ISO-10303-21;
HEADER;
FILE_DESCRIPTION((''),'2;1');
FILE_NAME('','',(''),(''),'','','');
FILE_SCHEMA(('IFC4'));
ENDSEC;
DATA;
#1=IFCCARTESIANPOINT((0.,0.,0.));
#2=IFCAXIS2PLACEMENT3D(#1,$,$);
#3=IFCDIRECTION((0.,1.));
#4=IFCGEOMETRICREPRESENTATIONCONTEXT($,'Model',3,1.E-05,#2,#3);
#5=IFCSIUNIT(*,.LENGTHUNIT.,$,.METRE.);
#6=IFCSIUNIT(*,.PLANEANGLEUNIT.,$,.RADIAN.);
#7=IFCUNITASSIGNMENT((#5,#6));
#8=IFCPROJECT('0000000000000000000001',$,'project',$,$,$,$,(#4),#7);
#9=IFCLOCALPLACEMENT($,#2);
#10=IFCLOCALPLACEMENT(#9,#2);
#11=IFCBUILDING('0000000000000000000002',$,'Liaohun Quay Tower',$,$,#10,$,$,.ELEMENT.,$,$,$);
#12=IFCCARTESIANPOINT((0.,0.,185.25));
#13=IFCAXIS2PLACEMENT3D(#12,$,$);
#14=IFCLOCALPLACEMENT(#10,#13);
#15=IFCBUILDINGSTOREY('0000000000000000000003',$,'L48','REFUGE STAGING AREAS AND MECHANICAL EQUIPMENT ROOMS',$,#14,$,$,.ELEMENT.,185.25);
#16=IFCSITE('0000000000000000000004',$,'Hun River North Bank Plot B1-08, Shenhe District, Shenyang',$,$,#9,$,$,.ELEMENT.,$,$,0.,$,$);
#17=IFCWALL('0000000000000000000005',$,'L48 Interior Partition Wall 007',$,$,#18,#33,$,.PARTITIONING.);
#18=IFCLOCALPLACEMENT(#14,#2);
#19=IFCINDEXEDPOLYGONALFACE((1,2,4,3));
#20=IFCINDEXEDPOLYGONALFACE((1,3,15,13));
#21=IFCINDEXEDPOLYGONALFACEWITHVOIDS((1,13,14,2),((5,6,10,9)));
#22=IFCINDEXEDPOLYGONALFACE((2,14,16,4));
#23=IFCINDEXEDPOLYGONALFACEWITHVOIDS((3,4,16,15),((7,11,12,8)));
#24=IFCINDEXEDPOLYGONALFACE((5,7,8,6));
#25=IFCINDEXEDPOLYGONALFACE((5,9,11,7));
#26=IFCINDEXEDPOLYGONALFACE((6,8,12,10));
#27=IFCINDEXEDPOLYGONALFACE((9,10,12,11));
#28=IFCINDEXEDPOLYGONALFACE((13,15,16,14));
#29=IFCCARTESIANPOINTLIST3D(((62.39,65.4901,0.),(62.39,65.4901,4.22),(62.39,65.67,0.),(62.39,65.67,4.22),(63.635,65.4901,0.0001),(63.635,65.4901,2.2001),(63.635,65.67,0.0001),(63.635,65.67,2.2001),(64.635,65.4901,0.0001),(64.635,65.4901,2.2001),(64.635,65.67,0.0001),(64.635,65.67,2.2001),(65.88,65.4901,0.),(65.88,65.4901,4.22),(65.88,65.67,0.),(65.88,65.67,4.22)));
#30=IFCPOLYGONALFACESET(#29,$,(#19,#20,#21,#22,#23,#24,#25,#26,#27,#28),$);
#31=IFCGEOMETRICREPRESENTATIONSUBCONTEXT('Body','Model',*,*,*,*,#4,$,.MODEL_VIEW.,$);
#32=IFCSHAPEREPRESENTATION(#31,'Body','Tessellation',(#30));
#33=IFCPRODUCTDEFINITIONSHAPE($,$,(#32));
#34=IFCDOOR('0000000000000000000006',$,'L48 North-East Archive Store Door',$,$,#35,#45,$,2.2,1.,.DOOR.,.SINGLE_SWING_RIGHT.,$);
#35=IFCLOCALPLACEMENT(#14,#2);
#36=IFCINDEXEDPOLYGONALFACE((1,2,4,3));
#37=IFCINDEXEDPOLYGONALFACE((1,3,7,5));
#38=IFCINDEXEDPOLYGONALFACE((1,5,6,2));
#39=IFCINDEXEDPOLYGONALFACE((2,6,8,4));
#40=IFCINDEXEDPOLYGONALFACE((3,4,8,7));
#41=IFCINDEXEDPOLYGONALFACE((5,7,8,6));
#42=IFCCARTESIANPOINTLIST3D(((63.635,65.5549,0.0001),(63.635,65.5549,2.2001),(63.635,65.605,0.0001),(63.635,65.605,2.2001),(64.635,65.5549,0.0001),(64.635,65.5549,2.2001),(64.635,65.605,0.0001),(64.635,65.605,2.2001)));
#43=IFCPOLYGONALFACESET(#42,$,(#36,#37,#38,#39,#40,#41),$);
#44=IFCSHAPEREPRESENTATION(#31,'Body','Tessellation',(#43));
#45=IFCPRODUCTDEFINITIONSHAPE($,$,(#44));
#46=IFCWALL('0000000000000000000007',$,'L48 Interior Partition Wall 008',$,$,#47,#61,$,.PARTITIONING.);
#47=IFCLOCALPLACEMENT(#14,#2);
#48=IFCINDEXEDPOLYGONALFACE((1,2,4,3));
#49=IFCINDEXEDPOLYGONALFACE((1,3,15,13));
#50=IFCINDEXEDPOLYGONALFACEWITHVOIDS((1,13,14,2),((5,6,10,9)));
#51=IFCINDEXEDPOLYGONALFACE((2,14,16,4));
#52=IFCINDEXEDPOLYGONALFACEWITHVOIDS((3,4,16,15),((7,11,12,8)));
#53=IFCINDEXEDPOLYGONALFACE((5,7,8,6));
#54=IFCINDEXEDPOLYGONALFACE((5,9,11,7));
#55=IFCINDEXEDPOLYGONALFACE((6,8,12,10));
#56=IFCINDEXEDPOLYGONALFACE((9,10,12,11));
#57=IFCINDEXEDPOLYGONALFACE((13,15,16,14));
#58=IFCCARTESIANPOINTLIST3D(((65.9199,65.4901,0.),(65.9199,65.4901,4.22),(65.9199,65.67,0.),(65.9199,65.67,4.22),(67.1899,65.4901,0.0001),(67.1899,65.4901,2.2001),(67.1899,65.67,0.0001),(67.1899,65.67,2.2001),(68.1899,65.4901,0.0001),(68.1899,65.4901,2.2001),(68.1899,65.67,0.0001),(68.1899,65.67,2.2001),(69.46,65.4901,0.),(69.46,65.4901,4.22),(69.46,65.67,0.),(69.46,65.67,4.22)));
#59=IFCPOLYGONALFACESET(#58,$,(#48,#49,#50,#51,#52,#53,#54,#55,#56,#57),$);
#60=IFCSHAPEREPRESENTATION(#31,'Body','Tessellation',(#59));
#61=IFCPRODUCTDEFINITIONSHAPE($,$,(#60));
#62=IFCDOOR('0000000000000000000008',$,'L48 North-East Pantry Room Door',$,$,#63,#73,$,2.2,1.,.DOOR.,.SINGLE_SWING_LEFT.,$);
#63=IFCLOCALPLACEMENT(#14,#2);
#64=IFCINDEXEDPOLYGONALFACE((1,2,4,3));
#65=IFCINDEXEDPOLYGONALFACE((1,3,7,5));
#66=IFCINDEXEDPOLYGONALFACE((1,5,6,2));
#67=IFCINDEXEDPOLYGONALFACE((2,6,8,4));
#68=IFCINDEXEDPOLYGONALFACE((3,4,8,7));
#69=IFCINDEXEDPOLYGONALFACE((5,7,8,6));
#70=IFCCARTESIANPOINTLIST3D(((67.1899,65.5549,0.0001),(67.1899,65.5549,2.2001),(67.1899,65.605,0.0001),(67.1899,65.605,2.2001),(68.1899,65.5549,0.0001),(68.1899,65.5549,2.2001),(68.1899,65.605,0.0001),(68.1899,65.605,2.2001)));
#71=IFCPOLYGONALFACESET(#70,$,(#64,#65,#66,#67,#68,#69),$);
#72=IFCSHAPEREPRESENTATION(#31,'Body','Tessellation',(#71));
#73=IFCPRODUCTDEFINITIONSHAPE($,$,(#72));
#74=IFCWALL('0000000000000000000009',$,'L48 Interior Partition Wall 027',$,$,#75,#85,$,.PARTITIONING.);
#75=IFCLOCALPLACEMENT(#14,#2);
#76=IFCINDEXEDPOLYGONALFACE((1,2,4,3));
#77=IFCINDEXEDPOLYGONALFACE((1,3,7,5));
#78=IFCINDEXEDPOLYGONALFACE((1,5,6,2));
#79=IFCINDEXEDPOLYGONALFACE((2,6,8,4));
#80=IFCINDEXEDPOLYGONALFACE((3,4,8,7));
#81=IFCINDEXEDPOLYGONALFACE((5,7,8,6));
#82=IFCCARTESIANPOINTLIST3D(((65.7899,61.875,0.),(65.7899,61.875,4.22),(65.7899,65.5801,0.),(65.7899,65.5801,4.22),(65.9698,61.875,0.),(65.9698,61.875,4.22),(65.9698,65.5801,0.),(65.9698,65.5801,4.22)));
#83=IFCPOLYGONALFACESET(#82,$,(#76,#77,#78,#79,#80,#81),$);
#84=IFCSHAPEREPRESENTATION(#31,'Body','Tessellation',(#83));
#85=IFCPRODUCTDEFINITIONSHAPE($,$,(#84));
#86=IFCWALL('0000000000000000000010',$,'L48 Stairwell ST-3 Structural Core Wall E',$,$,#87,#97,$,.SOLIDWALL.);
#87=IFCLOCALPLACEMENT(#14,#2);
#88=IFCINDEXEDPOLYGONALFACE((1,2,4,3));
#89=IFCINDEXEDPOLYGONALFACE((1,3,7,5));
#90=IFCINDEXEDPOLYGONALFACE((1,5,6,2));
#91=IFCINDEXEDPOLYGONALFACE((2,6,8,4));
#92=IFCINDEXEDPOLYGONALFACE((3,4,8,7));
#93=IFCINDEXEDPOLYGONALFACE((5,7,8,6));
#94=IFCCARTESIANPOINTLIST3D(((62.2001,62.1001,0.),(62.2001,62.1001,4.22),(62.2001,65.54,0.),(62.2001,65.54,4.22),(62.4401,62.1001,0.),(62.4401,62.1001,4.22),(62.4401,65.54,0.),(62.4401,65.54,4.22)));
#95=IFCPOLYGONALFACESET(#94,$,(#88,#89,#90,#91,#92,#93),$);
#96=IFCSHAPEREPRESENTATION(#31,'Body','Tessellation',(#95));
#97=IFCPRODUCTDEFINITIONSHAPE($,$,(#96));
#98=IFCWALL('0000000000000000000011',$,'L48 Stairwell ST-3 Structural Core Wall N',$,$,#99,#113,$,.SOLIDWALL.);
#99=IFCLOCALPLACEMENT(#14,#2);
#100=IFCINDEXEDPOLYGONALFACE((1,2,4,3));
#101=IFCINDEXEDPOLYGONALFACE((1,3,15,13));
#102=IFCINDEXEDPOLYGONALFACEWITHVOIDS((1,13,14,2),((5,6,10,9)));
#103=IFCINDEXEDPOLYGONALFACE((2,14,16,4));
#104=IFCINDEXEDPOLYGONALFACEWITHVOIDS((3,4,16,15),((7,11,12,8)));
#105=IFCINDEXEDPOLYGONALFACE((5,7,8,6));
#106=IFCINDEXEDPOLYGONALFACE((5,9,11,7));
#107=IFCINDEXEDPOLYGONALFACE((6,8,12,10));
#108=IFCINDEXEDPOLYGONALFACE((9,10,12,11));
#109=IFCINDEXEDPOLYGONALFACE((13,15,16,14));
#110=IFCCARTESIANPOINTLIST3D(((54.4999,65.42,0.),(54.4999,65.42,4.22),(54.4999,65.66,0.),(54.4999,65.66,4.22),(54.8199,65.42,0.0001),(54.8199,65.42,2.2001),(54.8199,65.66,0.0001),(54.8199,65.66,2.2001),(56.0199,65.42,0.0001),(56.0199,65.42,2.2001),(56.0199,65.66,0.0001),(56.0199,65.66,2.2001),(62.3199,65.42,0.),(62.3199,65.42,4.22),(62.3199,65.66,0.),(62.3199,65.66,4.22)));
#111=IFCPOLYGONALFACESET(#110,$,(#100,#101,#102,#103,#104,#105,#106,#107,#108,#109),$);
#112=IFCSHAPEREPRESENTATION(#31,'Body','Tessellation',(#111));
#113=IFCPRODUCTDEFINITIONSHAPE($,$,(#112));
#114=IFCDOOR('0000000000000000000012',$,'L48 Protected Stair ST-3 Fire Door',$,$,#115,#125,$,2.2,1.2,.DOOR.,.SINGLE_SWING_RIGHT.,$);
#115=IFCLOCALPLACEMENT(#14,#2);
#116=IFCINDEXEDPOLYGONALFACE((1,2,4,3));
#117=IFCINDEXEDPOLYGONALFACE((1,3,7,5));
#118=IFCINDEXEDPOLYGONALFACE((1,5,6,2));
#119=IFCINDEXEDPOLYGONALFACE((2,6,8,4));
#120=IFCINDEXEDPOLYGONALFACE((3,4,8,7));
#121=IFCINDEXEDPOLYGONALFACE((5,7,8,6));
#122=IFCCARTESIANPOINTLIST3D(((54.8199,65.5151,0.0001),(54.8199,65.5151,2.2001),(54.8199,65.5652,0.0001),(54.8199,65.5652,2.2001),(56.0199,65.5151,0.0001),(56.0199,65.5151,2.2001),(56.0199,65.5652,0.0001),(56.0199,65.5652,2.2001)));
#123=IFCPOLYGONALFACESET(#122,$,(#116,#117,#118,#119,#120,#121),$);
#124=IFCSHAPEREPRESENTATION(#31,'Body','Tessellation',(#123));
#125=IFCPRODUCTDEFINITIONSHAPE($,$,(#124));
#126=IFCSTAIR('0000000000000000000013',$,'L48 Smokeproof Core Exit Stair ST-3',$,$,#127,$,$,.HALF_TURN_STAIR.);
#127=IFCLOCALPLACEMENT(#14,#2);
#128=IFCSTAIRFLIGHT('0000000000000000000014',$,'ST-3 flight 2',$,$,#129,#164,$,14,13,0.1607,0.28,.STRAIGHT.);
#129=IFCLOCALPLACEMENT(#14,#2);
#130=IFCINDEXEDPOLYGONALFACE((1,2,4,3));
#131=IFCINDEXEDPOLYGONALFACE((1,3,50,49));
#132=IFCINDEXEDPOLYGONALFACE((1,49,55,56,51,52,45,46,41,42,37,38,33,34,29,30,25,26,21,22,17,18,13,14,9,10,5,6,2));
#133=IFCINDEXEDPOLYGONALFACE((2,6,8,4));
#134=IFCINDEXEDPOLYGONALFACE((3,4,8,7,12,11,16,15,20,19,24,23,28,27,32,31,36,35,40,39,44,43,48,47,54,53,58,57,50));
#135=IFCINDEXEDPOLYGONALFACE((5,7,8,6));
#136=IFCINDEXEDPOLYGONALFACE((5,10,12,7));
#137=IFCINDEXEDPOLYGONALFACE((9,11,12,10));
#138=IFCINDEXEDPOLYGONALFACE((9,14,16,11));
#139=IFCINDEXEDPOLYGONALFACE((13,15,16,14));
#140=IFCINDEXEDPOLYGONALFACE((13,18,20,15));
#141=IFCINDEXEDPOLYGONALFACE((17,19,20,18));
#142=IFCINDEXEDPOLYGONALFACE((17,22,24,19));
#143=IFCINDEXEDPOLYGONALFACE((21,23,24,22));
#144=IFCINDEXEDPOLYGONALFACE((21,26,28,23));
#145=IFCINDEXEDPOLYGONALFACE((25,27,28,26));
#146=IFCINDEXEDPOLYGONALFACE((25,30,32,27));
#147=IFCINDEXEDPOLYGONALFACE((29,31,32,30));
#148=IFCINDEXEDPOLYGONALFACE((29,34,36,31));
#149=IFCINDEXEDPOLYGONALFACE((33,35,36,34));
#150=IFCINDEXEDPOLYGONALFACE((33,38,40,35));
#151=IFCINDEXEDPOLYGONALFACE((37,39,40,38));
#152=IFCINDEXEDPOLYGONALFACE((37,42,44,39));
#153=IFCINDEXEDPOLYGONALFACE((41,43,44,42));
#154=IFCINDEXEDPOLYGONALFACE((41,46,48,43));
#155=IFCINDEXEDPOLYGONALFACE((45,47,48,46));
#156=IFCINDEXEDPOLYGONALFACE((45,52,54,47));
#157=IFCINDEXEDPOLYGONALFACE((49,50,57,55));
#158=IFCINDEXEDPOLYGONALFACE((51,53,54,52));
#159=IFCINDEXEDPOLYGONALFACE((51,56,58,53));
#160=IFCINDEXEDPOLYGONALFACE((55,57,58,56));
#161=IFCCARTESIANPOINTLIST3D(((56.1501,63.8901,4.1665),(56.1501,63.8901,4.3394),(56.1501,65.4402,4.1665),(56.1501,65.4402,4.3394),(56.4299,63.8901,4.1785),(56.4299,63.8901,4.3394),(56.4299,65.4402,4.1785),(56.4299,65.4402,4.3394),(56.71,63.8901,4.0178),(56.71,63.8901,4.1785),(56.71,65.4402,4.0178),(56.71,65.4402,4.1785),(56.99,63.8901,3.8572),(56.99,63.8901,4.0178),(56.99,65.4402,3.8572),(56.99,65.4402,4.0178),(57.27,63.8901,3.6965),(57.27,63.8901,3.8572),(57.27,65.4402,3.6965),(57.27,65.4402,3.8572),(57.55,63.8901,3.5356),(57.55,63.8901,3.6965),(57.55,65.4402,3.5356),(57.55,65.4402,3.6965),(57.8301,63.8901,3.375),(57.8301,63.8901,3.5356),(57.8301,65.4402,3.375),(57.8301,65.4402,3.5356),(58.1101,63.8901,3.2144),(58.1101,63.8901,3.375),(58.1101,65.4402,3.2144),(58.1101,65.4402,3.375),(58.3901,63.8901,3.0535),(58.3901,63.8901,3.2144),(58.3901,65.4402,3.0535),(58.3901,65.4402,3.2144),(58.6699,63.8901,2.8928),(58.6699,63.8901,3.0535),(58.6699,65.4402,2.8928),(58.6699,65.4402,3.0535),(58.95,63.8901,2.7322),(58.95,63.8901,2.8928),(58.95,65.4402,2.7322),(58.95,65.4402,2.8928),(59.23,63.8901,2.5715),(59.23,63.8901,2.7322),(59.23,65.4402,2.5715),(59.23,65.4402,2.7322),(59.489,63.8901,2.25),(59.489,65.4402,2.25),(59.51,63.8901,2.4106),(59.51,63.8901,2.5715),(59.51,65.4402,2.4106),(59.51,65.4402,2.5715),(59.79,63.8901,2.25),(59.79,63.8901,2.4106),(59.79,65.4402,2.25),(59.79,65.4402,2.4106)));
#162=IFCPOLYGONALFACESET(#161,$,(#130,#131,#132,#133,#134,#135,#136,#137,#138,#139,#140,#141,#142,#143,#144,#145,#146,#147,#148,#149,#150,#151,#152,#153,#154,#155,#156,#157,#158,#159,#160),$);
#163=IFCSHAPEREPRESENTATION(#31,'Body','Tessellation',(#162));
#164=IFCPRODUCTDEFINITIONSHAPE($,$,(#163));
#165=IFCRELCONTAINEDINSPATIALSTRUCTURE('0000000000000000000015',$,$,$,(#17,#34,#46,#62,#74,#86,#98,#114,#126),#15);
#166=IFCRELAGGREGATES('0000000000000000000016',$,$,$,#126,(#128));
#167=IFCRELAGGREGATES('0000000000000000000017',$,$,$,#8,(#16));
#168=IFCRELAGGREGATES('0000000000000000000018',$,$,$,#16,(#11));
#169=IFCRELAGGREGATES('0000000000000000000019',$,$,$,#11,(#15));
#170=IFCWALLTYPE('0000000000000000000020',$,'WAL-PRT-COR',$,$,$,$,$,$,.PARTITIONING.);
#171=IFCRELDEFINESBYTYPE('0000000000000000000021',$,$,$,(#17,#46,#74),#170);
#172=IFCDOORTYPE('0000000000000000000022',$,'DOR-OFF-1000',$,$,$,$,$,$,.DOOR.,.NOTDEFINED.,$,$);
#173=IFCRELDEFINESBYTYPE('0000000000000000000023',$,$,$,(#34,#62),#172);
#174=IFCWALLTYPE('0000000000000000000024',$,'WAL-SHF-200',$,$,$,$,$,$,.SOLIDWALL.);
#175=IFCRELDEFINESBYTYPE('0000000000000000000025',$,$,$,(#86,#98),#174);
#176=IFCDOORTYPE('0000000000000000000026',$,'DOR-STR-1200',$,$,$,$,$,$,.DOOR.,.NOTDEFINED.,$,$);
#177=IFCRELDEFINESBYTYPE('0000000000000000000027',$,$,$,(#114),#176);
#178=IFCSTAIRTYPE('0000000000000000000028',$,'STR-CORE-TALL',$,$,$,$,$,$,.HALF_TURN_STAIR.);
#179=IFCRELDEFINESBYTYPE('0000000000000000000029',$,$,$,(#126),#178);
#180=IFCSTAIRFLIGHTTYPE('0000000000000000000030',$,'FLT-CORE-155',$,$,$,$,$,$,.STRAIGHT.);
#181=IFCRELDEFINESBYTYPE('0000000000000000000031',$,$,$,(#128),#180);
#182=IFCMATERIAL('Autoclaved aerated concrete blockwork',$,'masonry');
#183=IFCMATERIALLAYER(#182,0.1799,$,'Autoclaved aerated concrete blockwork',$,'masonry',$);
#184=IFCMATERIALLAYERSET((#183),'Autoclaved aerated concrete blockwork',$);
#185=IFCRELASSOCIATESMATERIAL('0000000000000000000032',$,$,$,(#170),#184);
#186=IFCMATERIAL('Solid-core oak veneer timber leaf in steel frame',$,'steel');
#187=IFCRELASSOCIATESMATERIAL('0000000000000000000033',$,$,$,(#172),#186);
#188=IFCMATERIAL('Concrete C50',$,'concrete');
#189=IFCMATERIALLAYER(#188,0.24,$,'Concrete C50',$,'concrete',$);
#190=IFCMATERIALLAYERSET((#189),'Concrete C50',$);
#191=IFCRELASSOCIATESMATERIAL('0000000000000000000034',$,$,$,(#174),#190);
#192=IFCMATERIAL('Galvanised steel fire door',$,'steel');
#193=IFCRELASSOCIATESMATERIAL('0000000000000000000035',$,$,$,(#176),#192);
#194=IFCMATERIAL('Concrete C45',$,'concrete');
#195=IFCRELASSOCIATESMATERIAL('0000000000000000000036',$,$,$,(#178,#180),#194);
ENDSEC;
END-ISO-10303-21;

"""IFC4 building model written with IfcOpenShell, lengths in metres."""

from ifc_helpers import new_model, si_unit, direction, frame, frame_2d, origin, place, context, subcontext, project, spatial, polyline, rectangle, outline, extrude, source, transform, mapped, material, layer, layer_set, type_object, element, fill, aggregate, save


model = new_model("IFC4")

# Units and contexts
model_context = context("Model", 3, precision=1e-05, world=origin(), true_north=direction((0.0, 1.0)))
body_context = subcontext(model_context, "Body", "Model", "MODEL_VIEW")
ifc_project = project(units=[si_unit("LENGTHUNIT", "METRE"), si_unit("PLANEANGLEUNIT", "RADIAN")], contexts=[model_context])

# Site, building, storey
site_placement = place(None, origin())
site = spatial("IfcSite", under=ifc_project, at=site_placement, Name="Hun River North Bank Plot B1-08, Shenhe District, Shenyang", CompositionType="ELEMENT", RefElevation=0.0)
building_placement = place(site_placement, origin())
building = spatial("IfcBuilding", under=site, at=building_placement, Name="Liaohun Quay Tower", CompositionType="ELEMENT")
storey_placement = place(building_placement, frame((0.0, 0.0, 185.25)))
storey = spatial("IfcBuildingStorey", under=building, at=storey_placement, Name="L48", Description="REFUGE STAGING AREAS AND MECHANICAL EQUIPMENT ROOMS", CompositionType="ELEMENT", Elevation=185.25)

# Walls, openings, doors
ifc_material_1 = material(Name="Autoclaved aerated concrete blockwork", Category="masonry")
ifc_layer_1 = layer(ifc_material_1, 0.1799, Name="Autoclaved aerated concrete blockwork", Category="masonry")
ifc_layer_set_1 = layer_set([ifc_layer_1], Name="Autoclaved aerated concrete blockwork")
wall_type_1 = type_object("IfcWallType", Name="WAL-PRT-COR", PredefinedType="PARTITIONING", material=ifc_layer_set_1)
wall_1_placement = place(storey_placement, frame((62.3899, 65.5801, 0.0), z_axis=(0.0, 0.0, 1.0), x_axis=(1.0, 0.0, 0.0)))
wall_1 = element("IfcWall", 1, at=wall_1_placement, inside=storey, type_object=wall_type_1, Name="L48 Interior Partition Wall 007", PredefinedType="PARTITIONING", context=body_context, shape_type="SweptSolid", body=[
    extrude(rectangle(XDim=3.49, YDim=0.1799, at=frame_2d((1.7451, 0.0))), origin(), (0.0, 0.0, 1.0), 4.22),
])
shared_shape_1 = source(origin(), body_context, "Body", "SweptSolid", [
    extrude(rectangle(XDim=1.0, YDim=2.2, at=frame_2d((0.5, 1.1001))), frame((0.0, 0.0999, 0.0), z_axis=(0.0, -1.0, 0.0), x_axis=(1.0, 0.0, 0.0)), (0.0, 0.0, 1.0), 0.2),
])
opening_1_placement = place(wall_1_placement, frame((1.2451, 0.0, 0.0)))
opening_1 = element("IfcOpeningElement", 2, at=opening_1_placement, cuts=wall_1, PredefinedType="OPENING", context=body_context, shape_type="MappedRepresentation", body=[
    mapped(shared_shape_1, transform((0.0, 0.0, 0.0), x_axis=(1.0, 0.0, 0.0), y_axis=(0.0, 1.0, 0.0), z_axis=(0.0, 0.0, 1.0), scale=1.0)),
])
ifc_material_2 = material(Name="Solid-core oak veneer timber leaf in steel frame", Category="steel")
door_type_1 = type_object("IfcDoorType", Name="DOR-OFF-1000", OperationType="NOTDEFINED", PredefinedType="DOOR", material=ifc_material_2)
shared_shape_2 = source(origin(), body_context, "Body", "SweptSolid", [
    extrude(rectangle(XDim=1.0, YDim=2.2, at=frame_2d((0.5, 1.1001))), frame((0.0, 0.0249, 0.0), z_axis=(0.0, -1.0, 0.0), x_axis=(1.0, 0.0, 0.0)), (0.0, 0.0, 1.0), 0.05),
])
door_1_placement = place(opening_1_placement, origin())
door_1 = element("IfcDoor", 3, at=door_1_placement, inside=storey, type_object=door_type_1, Name="L48 North-East Archive Store Door", OperationType="SINGLE_SWING_RIGHT", OverallHeight=2.2, OverallWidth=1.0, PredefinedType="DOOR", context=body_context, shape_type="MappedRepresentation", body=[
    mapped(shared_shape_2, transform((0.0, 0.0, 0.0), x_axis=(1.0, 0.0, 0.0), y_axis=(0.0, 1.0, 0.0), z_axis=(0.0, 0.0, 1.0), scale=1.0)),
])
fill(opening_1, door_1)
wall_2_placement = place(storey_placement, frame((65.9199, 65.5801, 0.0), z_axis=(0.0, 0.0, 1.0), x_axis=(1.0, 0.0, 0.0)))
wall_2 = element("IfcWall", 4, at=wall_2_placement, inside=storey, type_object=wall_type_1, Name="L48 Interior Partition Wall 008", PredefinedType="PARTITIONING", context=body_context, shape_type="SweptSolid", body=[
    extrude(rectangle(XDim=3.54, YDim=0.1799, at=frame_2d((1.77, 0.0))), origin(), (0.0, 0.0, 1.0), 4.22),
])
opening_2_placement = place(wall_2_placement, frame((1.27, 0.0, 0.0)))
opening_2 = element("IfcOpeningElement", 5, at=opening_2_placement, cuts=wall_2, PredefinedType="OPENING", context=body_context, shape_type="MappedRepresentation", body=[
    mapped(shared_shape_1, transform((0.0, 0.0, 0.0), x_axis=(1.0, 0.0, 0.0), y_axis=(0.0, 1.0, 0.0), z_axis=(0.0, 0.0, 1.0), scale=1.0)),
])
door_2_placement = place(opening_2_placement, origin())
door_2 = element("IfcDoor", 6, at=door_2_placement, inside=storey, type_object=door_type_1, Name="L48 North-East Pantry Room Door", OperationType="SINGLE_SWING_LEFT", OverallHeight=2.2, OverallWidth=1.0, PredefinedType="DOOR", context=body_context, shape_type="MappedRepresentation", body=[
    mapped(shared_shape_2, transform((0.0, 0.0, 0.0), x_axis=(1.0, 0.0, 0.0), y_axis=(0.0, 1.0, 0.0), z_axis=(0.0, 0.0, 1.0), scale=1.0)),
])
fill(opening_2, door_2)

# Walls
wall_3_placement = place(storey_placement, frame((65.8799, 61.875, 0.0), z_axis=(0.0, 0.0, 1.0), x_axis=(0.0, 1.0, 0.0)))
element("IfcWall", 7, at=wall_3_placement, inside=storey, type_object=wall_type_1, Name="L48 Interior Partition Wall 027", PredefinedType="PARTITIONING", context=body_context, shape_type="SweptSolid", body=[
    extrude(rectangle(XDim=3.7051, YDim=0.1799, at=frame_2d((1.8525, 0.0))), origin(), (0.0, 0.0, 1.0), 4.22),
])
ifc_material_3 = material(Name="Concrete C50", Category="concrete")
ifc_layer_2 = layer(ifc_material_3, 0.24, Name="Concrete C50", Category="concrete")
ifc_layer_set_2 = layer_set([ifc_layer_2], Name="Concrete C50")
wall_type_2 = type_object("IfcWallType", Name="WAL-SHF-200", PredefinedType="SOLIDWALL", material=ifc_layer_set_2)
wall_4_placement = place(storey_placement, frame((62.3201, 62.1001, 0.0), z_axis=(0.0, 0.0, 1.0), x_axis=(0.0, 1.0, 0.0)))
element("IfcWall", 8, at=wall_4_placement, inside=storey, type_object=wall_type_2, Name="L48 Stairwell ST-3 Structural Core Wall E", PredefinedType="SOLIDWALL", context=body_context, shape_type="SweptSolid", body=[
    extrude(rectangle(XDim=3.4399, YDim=0.24, at=frame_2d((1.72, 0.0))), origin(), (0.0, 0.0, 1.0), 4.22),
])

# Wall, opening, door
wall_5_placement = place(storey_placement, frame((62.3201, 65.54, 0.0), z_axis=(0.0, 0.0, 1.0), x_axis=(-1.0, 0.0, 0.0)))
wall_5 = element("IfcWall", 9, at=wall_5_placement, inside=storey, type_object=wall_type_2, Name="L48 Stairwell ST-3 Structural Core Wall N", PredefinedType="SOLIDWALL", context=body_context, shape_type="SweptSolid", body=[
    extrude(rectangle(XDim=7.8201, YDim=0.24, at=frame_2d((3.9102, 0.0))), origin(), (0.0, 0.0, 1.0), 4.22),
])
shared_shape_3 = source(origin(), body_context, "Body", "SweptSolid", [
    extrude(rectangle(XDim=1.2, YDim=2.2, at=frame_2d((0.6001, 1.1001))), frame((0.0, 0.1299, 0.0), z_axis=(0.0, -1.0, 0.0), x_axis=(1.0, 0.0, 0.0)), (0.0, 0.0, 1.0), 0.26),
])
opening_3_placement = place(wall_5_placement, frame((6.3, 0.0, 0.0)))
opening_3 = element("IfcOpeningElement", 10, at=opening_3_placement, cuts=wall_5, PredefinedType="OPENING", context=body_context, shape_type="MappedRepresentation", body=[
    mapped(shared_shape_3, transform((0.0, 0.0, 0.0), x_axis=(1.0, 0.0, 0.0), y_axis=(0.0, 1.0, 0.0), z_axis=(0.0, 0.0, 1.0), scale=1.0)),
])
ifc_material_4 = material(Name="Galvanised steel fire door", Category="steel")
door_type_2 = type_object("IfcDoorType", Name="DOR-STR-1200", OperationType="NOTDEFINED", PredefinedType="DOOR", material=ifc_material_4)
shared_shape_4 = source(origin(), body_context, "Body", "SweptSolid", [
    extrude(rectangle(XDim=1.2, YDim=2.2, at=frame_2d((0.6001, 1.1001))), frame((0.0, 0.0249, 0.0), z_axis=(0.0, -1.0, 0.0), x_axis=(1.0, 0.0, 0.0)), (0.0, 0.0, 1.0), 0.05),
])
door_3_placement = place(opening_3_placement, origin())
door_3 = element("IfcDoor", 11, at=door_3_placement, inside=storey, type_object=door_type_2, Name="L48 Protected Stair ST-3 Fire Door", OperationType="SINGLE_SWING_RIGHT", OverallHeight=2.2, OverallWidth=1.2, PredefinedType="DOOR", context=body_context, shape_type="MappedRepresentation", body=[
    mapped(shared_shape_4, transform((0.0, 0.0, 0.0), x_axis=(1.0, 0.0, 0.0), y_axis=(0.0, 1.0, 0.0), z_axis=(0.0, 0.0, 1.0), scale=1.0)),
])
fill(opening_3, door_3)

# Stair, stair flight
ifc_material_5 = material(Name="Concrete C45", Category="concrete")
stair_type = type_object("IfcStairType", Name="STR-CORE-TALL", PredefinedType="HALF_TURN_STAIR", material=ifc_material_5)
stair_placement = place(storey_placement, origin())
stair = element("IfcStair", 12, at=stair_placement, inside=storey, type_object=stair_type, Name="L48 Smokeproof Core Exit Stair ST-3", PredefinedType="HALF_TURN_STAIR")
stair_flight_type = type_object("IfcStairFlightType", Name="FLT-CORE-155", PredefinedType="STRAIGHT", material=ifc_material_5)
stair_flight_placement = place(storey_placement, frame((59.79, 64.665, 2.25), z_axis=(0.0, 0.0, 1.0), x_axis=(-1.0, 0.0, 0.0)))
stair_flight = element("IfcStairFlight", 13, at=stair_flight_placement, type_object=stair_flight_type, Name="ST-3 flight 2", NumberOfRisers=14, NumberOfTreads=13, PredefinedType="STRAIGHT", RiserHeight=0.1607, TreadLength=0.28, context=body_context, shape_type="SweptSolid", body=[
    extrude(outline(polyline([(0.0, 0.0), (0.0, 0.1606), (0.28, 0.1606), (0.28, 0.3215), (0.5601, 0.3215), (0.5601, 0.4822), (0.8401, 0.4822), (0.8401, 0.6428), (1.1201, 0.6428), (1.1201, 0.8035), (1.3999, 0.8035), (1.3999, 0.9644), (1.6799, 0.9644), (1.6799, 1.125), (1.96, 1.125), (1.96, 1.2856), (2.24, 1.2856), (2.24, 1.4465), (2.52, 1.4465), (2.52, 1.6072), (2.8, 1.6072), (2.8, 1.7678), (3.0801, 1.7678), (3.0801, 1.9285), (3.3601, 1.9285), (3.3601, 2.0894), (3.6399, 2.0894), (3.6399, 2.25), (3.6399, 1.9165), (0.301, 0.0), (0.0, 0.0)])), frame((0.0, 0.7749, 0.0), z_axis=(0.0, -1.0, 0.0), x_axis=(1.0, 0.0, 0.0)), (0.0, 0.0, 1.0), 1.55),
])
aggregate(stair, [stair_flight])

save(model, "model.ifc")
